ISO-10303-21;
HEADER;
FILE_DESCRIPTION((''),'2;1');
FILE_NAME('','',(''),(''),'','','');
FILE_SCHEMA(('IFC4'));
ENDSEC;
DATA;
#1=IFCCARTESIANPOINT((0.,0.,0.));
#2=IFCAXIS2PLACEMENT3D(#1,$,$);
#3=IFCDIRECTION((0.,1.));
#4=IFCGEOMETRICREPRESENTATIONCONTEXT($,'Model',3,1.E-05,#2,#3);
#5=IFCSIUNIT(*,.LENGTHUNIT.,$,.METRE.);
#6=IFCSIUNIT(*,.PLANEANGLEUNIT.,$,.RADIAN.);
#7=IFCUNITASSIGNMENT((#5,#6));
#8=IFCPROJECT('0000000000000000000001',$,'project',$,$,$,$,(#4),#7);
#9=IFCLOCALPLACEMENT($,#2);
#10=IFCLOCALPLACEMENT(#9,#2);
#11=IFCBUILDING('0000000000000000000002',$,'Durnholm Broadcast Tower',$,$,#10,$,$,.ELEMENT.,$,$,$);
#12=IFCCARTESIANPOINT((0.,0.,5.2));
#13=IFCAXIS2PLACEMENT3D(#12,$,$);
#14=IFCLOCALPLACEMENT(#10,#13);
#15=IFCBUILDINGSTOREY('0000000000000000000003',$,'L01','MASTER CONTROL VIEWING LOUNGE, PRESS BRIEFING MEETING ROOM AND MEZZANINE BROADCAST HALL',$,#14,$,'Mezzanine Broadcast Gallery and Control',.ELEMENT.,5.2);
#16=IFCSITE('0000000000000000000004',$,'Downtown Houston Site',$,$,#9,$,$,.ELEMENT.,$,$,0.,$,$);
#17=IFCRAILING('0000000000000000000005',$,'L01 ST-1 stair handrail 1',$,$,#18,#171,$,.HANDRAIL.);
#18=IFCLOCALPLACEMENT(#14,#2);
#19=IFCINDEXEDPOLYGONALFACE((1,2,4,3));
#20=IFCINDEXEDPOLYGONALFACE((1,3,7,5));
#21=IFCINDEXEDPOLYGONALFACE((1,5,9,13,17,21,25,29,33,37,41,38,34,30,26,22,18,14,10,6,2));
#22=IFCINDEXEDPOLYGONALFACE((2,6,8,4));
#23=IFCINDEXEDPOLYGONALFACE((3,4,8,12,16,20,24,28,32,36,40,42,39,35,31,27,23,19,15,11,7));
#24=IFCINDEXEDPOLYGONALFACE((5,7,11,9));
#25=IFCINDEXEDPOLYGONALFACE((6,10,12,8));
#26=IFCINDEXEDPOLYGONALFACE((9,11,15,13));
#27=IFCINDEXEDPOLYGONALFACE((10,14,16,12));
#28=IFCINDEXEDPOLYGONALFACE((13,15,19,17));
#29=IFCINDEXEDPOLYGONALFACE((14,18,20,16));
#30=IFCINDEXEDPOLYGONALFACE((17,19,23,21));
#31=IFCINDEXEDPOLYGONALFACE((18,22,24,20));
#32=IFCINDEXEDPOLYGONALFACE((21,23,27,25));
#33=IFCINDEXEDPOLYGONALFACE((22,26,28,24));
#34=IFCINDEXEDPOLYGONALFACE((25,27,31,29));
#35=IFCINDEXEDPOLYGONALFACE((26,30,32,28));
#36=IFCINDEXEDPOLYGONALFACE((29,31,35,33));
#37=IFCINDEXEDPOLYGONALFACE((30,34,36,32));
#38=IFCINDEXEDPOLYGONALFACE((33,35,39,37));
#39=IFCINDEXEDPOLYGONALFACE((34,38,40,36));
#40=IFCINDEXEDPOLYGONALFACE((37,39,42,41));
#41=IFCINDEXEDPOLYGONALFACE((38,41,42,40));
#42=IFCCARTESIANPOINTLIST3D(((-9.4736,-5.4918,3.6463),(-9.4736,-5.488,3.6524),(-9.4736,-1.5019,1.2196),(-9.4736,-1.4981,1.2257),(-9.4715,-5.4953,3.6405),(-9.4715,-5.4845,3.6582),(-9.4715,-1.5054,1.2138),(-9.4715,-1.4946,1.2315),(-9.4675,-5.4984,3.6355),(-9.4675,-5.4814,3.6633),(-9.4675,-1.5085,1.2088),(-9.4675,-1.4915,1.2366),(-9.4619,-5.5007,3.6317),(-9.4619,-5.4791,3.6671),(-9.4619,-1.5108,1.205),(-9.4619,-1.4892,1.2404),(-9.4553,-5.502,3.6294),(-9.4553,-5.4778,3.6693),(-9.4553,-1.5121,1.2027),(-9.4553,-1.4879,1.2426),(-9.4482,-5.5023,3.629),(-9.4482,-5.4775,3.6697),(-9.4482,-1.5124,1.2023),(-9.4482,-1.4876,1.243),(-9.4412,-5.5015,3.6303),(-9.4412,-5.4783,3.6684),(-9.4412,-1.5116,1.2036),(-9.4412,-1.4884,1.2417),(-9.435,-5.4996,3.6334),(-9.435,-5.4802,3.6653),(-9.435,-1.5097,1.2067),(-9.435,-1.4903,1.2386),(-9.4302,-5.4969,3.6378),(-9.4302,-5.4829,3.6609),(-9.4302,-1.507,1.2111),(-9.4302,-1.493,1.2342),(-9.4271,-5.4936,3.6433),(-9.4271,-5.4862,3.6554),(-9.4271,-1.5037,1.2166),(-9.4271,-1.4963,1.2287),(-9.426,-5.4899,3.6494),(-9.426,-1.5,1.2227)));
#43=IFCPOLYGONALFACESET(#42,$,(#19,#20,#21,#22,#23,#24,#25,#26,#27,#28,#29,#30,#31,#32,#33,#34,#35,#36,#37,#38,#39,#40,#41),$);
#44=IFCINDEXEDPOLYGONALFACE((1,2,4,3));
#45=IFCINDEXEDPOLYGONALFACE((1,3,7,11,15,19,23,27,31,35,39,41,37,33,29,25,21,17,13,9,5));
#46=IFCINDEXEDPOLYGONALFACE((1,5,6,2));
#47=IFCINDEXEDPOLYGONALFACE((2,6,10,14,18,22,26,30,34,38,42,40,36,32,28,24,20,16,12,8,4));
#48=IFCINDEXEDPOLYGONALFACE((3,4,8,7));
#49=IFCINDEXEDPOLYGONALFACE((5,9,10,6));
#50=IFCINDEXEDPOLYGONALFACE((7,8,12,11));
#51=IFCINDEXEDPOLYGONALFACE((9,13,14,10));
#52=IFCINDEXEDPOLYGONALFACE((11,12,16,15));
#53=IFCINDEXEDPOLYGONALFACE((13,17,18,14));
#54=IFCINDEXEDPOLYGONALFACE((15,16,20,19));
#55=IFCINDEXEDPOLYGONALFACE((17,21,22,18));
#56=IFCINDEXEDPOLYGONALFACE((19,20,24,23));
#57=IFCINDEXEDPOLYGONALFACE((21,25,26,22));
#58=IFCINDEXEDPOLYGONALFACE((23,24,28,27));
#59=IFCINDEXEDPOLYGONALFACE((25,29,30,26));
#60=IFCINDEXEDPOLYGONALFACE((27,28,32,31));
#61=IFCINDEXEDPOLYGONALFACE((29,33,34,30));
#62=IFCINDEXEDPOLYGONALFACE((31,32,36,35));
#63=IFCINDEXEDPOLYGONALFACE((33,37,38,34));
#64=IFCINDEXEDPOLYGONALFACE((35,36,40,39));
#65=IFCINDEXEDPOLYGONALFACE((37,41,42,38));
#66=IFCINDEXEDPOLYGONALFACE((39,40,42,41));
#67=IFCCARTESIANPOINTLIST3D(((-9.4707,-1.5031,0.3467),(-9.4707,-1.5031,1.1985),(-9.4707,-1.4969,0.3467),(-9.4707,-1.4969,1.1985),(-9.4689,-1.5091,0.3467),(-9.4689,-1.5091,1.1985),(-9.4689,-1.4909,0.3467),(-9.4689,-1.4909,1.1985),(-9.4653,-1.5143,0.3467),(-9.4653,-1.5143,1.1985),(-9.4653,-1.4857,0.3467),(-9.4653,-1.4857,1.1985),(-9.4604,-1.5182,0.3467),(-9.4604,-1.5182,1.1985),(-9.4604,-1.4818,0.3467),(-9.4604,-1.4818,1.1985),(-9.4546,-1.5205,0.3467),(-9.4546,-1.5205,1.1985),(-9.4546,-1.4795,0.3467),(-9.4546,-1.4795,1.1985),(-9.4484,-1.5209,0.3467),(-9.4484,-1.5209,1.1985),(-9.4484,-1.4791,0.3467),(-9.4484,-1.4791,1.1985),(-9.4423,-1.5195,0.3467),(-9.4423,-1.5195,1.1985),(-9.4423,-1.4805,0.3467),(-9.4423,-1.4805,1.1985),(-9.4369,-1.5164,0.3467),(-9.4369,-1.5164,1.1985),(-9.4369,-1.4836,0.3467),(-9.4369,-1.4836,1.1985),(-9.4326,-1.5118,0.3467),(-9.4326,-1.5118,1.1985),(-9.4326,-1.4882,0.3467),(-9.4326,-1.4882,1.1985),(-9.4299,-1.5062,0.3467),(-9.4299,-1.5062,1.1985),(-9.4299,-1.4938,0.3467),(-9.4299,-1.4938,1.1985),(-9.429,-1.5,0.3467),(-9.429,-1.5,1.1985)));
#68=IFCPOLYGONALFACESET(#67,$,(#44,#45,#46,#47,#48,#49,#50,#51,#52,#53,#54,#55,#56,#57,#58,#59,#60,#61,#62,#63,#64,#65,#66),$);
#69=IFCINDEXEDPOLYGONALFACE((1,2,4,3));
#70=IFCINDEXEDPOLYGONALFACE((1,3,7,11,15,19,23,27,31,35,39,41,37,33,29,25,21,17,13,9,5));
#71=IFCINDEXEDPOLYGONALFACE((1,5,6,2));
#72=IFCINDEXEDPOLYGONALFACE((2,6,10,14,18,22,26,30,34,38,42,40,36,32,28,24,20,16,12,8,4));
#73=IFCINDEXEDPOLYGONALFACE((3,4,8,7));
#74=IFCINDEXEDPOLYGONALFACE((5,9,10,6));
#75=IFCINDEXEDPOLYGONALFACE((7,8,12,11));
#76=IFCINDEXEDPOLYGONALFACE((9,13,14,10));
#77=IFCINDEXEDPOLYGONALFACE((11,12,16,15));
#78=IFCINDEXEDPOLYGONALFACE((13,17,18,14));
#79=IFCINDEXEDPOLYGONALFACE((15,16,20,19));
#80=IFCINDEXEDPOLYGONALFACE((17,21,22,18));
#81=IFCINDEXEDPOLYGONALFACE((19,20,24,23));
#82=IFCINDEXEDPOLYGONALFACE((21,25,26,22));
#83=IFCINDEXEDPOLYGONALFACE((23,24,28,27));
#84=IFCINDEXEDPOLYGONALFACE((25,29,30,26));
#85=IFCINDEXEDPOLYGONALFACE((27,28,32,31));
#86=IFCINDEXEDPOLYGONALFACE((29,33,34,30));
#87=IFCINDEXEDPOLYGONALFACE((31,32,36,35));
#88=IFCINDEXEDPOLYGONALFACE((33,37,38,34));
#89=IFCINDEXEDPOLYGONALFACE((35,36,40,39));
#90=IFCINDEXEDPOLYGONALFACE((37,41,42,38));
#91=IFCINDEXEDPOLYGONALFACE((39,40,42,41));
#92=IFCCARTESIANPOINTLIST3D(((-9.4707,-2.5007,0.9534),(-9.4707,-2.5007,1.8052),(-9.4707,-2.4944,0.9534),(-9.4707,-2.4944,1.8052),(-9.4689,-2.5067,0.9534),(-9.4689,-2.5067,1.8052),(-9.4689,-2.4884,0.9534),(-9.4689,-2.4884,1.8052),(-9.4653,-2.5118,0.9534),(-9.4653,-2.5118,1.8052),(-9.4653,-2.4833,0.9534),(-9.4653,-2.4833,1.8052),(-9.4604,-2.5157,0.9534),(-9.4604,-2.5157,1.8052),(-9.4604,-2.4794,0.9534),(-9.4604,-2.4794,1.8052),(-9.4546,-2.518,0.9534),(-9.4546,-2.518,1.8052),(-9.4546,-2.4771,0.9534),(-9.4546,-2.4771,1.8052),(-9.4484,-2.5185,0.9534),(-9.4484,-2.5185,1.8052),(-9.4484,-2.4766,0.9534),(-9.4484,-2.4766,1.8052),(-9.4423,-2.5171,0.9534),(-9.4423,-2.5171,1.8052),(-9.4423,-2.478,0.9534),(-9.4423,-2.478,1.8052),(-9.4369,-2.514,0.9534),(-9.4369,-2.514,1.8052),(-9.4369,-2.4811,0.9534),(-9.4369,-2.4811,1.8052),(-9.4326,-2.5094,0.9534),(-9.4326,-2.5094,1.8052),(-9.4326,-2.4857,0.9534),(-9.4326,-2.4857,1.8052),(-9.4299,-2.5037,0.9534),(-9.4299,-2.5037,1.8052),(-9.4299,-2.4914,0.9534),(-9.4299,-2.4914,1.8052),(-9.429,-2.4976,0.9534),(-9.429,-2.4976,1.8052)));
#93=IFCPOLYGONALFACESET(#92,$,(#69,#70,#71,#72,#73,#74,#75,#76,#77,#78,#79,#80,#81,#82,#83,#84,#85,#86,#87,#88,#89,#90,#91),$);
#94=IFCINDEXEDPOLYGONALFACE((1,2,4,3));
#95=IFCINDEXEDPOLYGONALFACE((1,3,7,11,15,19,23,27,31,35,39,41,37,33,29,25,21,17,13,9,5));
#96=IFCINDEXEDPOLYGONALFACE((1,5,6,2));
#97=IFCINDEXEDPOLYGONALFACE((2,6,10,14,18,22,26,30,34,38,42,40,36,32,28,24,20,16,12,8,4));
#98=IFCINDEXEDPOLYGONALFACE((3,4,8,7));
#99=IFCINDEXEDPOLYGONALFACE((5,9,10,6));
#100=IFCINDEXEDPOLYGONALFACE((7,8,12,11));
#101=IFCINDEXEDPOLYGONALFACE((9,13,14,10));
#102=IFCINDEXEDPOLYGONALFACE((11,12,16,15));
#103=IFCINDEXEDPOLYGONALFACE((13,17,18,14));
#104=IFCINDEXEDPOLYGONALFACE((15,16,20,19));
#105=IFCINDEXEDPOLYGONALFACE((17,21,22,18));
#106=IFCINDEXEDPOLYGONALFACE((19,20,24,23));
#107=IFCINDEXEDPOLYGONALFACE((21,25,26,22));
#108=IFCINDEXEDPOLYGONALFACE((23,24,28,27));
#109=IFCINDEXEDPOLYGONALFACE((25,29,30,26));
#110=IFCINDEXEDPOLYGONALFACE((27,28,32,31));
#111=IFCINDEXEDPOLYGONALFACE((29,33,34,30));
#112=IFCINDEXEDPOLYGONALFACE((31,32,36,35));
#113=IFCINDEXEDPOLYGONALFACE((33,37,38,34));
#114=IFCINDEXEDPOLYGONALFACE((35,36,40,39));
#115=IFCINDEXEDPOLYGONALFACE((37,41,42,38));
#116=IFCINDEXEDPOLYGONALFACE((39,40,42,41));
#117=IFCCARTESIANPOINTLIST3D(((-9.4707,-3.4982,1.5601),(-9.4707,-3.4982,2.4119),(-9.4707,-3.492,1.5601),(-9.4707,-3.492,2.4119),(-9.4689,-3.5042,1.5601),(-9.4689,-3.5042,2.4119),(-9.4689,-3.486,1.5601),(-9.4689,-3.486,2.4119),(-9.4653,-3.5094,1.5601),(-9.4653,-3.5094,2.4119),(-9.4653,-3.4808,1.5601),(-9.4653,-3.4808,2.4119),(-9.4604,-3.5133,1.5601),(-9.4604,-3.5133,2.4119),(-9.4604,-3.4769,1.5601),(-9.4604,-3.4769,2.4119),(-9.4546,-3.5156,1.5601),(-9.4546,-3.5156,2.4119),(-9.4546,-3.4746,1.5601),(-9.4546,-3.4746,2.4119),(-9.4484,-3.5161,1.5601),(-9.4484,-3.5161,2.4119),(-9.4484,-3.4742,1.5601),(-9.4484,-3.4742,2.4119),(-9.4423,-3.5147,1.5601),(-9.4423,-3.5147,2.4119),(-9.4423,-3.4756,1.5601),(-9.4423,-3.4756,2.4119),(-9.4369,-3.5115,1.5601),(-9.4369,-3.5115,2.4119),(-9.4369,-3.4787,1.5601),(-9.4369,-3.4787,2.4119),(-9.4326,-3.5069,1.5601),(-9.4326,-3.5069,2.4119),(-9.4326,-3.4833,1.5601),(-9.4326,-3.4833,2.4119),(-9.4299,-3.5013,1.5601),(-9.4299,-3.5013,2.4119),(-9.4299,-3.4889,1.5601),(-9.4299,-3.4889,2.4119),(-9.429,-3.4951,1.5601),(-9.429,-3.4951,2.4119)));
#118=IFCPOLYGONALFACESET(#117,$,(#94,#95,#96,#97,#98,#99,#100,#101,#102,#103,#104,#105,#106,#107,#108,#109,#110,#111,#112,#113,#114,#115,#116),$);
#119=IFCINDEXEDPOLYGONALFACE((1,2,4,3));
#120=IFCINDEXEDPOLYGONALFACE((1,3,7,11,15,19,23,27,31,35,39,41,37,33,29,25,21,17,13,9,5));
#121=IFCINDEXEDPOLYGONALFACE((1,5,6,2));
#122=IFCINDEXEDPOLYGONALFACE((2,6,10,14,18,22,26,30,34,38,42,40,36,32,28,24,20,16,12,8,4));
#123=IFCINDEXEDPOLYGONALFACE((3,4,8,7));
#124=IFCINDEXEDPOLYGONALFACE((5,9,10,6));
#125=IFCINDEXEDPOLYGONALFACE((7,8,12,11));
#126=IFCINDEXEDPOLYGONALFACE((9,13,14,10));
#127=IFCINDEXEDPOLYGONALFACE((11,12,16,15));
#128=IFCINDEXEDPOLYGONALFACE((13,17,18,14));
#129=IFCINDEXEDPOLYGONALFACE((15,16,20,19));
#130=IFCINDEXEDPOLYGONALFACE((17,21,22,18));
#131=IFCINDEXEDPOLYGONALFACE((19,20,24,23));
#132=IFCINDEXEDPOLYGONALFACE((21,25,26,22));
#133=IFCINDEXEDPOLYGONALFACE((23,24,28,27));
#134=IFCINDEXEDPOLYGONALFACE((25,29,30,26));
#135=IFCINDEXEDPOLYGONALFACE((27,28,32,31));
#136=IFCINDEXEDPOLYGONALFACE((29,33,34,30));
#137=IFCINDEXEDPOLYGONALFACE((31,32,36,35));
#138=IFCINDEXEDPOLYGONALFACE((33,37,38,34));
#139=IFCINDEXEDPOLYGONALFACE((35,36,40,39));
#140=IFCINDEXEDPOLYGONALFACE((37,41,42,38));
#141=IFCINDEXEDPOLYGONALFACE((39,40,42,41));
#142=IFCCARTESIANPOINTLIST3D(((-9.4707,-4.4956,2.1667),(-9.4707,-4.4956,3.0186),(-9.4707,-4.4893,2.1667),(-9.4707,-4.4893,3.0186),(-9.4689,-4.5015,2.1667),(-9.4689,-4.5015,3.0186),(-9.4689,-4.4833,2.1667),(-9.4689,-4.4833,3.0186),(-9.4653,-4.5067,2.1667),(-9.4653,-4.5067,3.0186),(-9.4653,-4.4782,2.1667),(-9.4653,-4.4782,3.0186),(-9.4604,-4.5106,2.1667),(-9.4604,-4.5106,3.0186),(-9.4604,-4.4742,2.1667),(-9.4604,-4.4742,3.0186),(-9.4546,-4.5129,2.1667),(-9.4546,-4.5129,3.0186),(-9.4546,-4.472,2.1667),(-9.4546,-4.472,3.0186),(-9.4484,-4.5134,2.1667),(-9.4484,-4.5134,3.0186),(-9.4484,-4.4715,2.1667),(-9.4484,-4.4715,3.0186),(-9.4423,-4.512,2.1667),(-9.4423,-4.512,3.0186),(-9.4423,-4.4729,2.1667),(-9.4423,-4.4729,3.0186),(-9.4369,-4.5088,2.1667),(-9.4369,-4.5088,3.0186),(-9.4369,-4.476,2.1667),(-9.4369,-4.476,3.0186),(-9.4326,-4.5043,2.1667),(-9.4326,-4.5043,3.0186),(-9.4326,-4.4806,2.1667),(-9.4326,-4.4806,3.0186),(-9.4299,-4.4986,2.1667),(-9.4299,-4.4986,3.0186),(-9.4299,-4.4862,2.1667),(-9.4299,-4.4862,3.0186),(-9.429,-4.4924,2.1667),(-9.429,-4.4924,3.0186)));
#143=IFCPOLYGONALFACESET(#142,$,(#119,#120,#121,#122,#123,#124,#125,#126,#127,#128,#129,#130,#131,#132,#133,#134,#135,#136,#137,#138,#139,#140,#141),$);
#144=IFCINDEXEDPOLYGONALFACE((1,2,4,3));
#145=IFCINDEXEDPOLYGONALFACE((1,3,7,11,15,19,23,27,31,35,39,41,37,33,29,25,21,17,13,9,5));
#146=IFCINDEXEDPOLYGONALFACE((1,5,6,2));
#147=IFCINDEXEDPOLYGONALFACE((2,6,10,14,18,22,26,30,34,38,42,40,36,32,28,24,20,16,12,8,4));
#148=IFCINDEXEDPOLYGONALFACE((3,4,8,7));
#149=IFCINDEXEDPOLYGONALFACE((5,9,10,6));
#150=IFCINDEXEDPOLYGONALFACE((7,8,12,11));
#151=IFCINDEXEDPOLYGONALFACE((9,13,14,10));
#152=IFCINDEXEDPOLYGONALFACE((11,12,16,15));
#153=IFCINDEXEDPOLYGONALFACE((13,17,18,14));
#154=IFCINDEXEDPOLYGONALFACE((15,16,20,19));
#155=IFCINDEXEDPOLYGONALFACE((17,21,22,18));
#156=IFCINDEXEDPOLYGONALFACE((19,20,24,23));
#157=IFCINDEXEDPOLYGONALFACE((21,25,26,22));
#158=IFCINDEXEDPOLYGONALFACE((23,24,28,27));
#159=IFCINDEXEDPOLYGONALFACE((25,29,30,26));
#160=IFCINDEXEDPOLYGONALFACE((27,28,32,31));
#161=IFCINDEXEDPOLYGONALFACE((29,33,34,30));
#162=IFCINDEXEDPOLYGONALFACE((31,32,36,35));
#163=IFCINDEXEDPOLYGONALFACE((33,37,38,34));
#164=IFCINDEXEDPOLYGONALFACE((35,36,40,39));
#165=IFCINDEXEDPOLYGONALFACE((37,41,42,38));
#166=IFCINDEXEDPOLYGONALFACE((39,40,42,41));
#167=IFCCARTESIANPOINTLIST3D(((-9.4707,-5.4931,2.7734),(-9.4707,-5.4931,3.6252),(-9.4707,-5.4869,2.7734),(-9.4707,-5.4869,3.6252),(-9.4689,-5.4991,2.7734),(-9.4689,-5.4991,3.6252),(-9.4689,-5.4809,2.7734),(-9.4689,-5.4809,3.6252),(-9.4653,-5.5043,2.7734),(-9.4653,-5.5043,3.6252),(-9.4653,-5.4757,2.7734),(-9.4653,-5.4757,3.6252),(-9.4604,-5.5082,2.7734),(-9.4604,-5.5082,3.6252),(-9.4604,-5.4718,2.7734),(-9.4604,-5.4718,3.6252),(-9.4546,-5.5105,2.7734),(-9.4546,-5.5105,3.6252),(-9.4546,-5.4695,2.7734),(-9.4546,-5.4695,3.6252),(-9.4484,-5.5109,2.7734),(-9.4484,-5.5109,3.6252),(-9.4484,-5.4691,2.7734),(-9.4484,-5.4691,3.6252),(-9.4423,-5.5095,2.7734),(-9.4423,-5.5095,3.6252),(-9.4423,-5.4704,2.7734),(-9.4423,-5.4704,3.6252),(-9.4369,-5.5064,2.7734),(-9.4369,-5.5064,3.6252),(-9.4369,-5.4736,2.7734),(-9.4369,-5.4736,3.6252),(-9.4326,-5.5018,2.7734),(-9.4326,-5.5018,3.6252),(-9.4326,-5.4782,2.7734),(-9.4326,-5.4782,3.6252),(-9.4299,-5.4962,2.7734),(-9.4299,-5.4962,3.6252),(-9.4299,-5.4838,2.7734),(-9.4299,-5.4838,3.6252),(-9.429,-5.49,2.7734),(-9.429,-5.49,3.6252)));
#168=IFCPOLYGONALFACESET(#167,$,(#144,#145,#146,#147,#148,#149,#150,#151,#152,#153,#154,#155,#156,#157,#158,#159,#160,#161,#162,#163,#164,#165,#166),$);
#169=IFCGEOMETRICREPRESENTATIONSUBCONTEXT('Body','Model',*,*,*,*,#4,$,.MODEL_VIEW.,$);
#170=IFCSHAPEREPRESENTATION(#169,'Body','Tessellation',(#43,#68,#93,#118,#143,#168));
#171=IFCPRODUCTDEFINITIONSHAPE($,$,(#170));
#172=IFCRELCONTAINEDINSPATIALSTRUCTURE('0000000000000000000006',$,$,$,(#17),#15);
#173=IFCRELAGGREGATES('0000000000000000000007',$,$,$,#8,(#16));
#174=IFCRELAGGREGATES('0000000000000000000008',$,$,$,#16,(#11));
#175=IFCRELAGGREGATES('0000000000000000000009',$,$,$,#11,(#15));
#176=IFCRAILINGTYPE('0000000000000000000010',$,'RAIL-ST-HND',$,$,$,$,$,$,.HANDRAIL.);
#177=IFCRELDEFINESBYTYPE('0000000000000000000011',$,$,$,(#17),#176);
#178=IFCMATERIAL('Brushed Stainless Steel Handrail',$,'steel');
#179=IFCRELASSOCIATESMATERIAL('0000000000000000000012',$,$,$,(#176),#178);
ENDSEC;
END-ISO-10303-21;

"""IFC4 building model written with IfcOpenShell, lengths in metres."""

from ifc_helpers import new_model, si_unit, direction, frame, origin, origin_2d, place, context, subcontext, project, spatial, circle, extrude, material, type_object, element, save


model = new_model("IFC4")

# Units and contexts
model_context = context("Model", 3, precision=1e-05, world=origin(), true_north=direction((0.0, 1.0)))
body_context = subcontext(model_context, "Body", "Model", "MODEL_VIEW")
ifc_project = project(units=[si_unit("LENGTHUNIT", "METRE"), si_unit("PLANEANGLEUNIT", "RADIAN")], contexts=[model_context])

# Site, building, storey
site_placement = place(None, origin())
site = spatial("IfcSite", under=ifc_project, at=site_placement, Name="Downtown Houston Site", CompositionType="ELEMENT", RefElevation=0.0)
building_placement = place(site_placement, origin())
building = spatial("IfcBuilding", under=site, at=building_placement, Name="Durnholm Broadcast Tower", CompositionType="ELEMENT")
storey_placement = place(building_placement, frame((0.0, 0.0, 5.2)))
storey = spatial("IfcBuildingStorey", under=building, at=storey_placement, Name="L01", Description="MASTER CONTROL VIEWING LOUNGE, PRESS BRIEFING MEETING ROOM AND MEZZANINE BROADCAST HALL", LongName="Mezzanine Broadcast Gallery and Control", CompositionType="ELEMENT", Elevation=5.2)

# Railing
ifc_material_1 = material(Name="Brushed Stainless Steel Handrail", Category="steel")
railing_type_1 = type_object("IfcRailingType", Name="RAIL-ST-HND", PredefinedType="HANDRAIL", material=ifc_material_1)
railing_1_placement = place(storey_placement, frame((-9.45, -1.5, 0.3467)))
element("IfcRailing", 1, at=railing_1_placement, inside=storey, type_object=railing_type_1, Name="L01 ST-1 stair handrail 1", PredefinedType="HANDRAIL", context=body_context, shape_type="SweptSolid", body=[
    extrude(circle(Radius=0.0239, at=origin_2d()), frame((0.0, 0.0, 0.876), z_axis=(0.0, -0.854382, 0.519645), x_axis=(1.0, 0.0, 0.0)), (0.0, 0.0, 1.0), 4.6699),
    extrude(circle(Radius=0.021, at=origin_2d()), origin(), (0.0, 0.0, 1.0), 0.8518),
    extrude(circle(Radius=0.021, at=origin_2d()), frame((0.0, -0.9976, 0.6067)), (0.0, 0.0, 1.0), 0.8518),
    extrude(circle(Radius=0.021, at=origin_2d()), frame((0.0, -1.9951, 1.2134)), (0.0, 0.0, 1.0), 0.8518),
    extrude(circle(Radius=0.021, at=origin_2d()), frame((0.0, -2.9924, 1.8201)), (0.0, 0.0, 1.0), 0.8518),
    extrude(circle(Radius=0.021, at=origin_2d()), frame((0.0, -3.99, 2.4268)), (0.0, 0.0, 1.0), 0.8518),
])

save(model, "model.ifc")
